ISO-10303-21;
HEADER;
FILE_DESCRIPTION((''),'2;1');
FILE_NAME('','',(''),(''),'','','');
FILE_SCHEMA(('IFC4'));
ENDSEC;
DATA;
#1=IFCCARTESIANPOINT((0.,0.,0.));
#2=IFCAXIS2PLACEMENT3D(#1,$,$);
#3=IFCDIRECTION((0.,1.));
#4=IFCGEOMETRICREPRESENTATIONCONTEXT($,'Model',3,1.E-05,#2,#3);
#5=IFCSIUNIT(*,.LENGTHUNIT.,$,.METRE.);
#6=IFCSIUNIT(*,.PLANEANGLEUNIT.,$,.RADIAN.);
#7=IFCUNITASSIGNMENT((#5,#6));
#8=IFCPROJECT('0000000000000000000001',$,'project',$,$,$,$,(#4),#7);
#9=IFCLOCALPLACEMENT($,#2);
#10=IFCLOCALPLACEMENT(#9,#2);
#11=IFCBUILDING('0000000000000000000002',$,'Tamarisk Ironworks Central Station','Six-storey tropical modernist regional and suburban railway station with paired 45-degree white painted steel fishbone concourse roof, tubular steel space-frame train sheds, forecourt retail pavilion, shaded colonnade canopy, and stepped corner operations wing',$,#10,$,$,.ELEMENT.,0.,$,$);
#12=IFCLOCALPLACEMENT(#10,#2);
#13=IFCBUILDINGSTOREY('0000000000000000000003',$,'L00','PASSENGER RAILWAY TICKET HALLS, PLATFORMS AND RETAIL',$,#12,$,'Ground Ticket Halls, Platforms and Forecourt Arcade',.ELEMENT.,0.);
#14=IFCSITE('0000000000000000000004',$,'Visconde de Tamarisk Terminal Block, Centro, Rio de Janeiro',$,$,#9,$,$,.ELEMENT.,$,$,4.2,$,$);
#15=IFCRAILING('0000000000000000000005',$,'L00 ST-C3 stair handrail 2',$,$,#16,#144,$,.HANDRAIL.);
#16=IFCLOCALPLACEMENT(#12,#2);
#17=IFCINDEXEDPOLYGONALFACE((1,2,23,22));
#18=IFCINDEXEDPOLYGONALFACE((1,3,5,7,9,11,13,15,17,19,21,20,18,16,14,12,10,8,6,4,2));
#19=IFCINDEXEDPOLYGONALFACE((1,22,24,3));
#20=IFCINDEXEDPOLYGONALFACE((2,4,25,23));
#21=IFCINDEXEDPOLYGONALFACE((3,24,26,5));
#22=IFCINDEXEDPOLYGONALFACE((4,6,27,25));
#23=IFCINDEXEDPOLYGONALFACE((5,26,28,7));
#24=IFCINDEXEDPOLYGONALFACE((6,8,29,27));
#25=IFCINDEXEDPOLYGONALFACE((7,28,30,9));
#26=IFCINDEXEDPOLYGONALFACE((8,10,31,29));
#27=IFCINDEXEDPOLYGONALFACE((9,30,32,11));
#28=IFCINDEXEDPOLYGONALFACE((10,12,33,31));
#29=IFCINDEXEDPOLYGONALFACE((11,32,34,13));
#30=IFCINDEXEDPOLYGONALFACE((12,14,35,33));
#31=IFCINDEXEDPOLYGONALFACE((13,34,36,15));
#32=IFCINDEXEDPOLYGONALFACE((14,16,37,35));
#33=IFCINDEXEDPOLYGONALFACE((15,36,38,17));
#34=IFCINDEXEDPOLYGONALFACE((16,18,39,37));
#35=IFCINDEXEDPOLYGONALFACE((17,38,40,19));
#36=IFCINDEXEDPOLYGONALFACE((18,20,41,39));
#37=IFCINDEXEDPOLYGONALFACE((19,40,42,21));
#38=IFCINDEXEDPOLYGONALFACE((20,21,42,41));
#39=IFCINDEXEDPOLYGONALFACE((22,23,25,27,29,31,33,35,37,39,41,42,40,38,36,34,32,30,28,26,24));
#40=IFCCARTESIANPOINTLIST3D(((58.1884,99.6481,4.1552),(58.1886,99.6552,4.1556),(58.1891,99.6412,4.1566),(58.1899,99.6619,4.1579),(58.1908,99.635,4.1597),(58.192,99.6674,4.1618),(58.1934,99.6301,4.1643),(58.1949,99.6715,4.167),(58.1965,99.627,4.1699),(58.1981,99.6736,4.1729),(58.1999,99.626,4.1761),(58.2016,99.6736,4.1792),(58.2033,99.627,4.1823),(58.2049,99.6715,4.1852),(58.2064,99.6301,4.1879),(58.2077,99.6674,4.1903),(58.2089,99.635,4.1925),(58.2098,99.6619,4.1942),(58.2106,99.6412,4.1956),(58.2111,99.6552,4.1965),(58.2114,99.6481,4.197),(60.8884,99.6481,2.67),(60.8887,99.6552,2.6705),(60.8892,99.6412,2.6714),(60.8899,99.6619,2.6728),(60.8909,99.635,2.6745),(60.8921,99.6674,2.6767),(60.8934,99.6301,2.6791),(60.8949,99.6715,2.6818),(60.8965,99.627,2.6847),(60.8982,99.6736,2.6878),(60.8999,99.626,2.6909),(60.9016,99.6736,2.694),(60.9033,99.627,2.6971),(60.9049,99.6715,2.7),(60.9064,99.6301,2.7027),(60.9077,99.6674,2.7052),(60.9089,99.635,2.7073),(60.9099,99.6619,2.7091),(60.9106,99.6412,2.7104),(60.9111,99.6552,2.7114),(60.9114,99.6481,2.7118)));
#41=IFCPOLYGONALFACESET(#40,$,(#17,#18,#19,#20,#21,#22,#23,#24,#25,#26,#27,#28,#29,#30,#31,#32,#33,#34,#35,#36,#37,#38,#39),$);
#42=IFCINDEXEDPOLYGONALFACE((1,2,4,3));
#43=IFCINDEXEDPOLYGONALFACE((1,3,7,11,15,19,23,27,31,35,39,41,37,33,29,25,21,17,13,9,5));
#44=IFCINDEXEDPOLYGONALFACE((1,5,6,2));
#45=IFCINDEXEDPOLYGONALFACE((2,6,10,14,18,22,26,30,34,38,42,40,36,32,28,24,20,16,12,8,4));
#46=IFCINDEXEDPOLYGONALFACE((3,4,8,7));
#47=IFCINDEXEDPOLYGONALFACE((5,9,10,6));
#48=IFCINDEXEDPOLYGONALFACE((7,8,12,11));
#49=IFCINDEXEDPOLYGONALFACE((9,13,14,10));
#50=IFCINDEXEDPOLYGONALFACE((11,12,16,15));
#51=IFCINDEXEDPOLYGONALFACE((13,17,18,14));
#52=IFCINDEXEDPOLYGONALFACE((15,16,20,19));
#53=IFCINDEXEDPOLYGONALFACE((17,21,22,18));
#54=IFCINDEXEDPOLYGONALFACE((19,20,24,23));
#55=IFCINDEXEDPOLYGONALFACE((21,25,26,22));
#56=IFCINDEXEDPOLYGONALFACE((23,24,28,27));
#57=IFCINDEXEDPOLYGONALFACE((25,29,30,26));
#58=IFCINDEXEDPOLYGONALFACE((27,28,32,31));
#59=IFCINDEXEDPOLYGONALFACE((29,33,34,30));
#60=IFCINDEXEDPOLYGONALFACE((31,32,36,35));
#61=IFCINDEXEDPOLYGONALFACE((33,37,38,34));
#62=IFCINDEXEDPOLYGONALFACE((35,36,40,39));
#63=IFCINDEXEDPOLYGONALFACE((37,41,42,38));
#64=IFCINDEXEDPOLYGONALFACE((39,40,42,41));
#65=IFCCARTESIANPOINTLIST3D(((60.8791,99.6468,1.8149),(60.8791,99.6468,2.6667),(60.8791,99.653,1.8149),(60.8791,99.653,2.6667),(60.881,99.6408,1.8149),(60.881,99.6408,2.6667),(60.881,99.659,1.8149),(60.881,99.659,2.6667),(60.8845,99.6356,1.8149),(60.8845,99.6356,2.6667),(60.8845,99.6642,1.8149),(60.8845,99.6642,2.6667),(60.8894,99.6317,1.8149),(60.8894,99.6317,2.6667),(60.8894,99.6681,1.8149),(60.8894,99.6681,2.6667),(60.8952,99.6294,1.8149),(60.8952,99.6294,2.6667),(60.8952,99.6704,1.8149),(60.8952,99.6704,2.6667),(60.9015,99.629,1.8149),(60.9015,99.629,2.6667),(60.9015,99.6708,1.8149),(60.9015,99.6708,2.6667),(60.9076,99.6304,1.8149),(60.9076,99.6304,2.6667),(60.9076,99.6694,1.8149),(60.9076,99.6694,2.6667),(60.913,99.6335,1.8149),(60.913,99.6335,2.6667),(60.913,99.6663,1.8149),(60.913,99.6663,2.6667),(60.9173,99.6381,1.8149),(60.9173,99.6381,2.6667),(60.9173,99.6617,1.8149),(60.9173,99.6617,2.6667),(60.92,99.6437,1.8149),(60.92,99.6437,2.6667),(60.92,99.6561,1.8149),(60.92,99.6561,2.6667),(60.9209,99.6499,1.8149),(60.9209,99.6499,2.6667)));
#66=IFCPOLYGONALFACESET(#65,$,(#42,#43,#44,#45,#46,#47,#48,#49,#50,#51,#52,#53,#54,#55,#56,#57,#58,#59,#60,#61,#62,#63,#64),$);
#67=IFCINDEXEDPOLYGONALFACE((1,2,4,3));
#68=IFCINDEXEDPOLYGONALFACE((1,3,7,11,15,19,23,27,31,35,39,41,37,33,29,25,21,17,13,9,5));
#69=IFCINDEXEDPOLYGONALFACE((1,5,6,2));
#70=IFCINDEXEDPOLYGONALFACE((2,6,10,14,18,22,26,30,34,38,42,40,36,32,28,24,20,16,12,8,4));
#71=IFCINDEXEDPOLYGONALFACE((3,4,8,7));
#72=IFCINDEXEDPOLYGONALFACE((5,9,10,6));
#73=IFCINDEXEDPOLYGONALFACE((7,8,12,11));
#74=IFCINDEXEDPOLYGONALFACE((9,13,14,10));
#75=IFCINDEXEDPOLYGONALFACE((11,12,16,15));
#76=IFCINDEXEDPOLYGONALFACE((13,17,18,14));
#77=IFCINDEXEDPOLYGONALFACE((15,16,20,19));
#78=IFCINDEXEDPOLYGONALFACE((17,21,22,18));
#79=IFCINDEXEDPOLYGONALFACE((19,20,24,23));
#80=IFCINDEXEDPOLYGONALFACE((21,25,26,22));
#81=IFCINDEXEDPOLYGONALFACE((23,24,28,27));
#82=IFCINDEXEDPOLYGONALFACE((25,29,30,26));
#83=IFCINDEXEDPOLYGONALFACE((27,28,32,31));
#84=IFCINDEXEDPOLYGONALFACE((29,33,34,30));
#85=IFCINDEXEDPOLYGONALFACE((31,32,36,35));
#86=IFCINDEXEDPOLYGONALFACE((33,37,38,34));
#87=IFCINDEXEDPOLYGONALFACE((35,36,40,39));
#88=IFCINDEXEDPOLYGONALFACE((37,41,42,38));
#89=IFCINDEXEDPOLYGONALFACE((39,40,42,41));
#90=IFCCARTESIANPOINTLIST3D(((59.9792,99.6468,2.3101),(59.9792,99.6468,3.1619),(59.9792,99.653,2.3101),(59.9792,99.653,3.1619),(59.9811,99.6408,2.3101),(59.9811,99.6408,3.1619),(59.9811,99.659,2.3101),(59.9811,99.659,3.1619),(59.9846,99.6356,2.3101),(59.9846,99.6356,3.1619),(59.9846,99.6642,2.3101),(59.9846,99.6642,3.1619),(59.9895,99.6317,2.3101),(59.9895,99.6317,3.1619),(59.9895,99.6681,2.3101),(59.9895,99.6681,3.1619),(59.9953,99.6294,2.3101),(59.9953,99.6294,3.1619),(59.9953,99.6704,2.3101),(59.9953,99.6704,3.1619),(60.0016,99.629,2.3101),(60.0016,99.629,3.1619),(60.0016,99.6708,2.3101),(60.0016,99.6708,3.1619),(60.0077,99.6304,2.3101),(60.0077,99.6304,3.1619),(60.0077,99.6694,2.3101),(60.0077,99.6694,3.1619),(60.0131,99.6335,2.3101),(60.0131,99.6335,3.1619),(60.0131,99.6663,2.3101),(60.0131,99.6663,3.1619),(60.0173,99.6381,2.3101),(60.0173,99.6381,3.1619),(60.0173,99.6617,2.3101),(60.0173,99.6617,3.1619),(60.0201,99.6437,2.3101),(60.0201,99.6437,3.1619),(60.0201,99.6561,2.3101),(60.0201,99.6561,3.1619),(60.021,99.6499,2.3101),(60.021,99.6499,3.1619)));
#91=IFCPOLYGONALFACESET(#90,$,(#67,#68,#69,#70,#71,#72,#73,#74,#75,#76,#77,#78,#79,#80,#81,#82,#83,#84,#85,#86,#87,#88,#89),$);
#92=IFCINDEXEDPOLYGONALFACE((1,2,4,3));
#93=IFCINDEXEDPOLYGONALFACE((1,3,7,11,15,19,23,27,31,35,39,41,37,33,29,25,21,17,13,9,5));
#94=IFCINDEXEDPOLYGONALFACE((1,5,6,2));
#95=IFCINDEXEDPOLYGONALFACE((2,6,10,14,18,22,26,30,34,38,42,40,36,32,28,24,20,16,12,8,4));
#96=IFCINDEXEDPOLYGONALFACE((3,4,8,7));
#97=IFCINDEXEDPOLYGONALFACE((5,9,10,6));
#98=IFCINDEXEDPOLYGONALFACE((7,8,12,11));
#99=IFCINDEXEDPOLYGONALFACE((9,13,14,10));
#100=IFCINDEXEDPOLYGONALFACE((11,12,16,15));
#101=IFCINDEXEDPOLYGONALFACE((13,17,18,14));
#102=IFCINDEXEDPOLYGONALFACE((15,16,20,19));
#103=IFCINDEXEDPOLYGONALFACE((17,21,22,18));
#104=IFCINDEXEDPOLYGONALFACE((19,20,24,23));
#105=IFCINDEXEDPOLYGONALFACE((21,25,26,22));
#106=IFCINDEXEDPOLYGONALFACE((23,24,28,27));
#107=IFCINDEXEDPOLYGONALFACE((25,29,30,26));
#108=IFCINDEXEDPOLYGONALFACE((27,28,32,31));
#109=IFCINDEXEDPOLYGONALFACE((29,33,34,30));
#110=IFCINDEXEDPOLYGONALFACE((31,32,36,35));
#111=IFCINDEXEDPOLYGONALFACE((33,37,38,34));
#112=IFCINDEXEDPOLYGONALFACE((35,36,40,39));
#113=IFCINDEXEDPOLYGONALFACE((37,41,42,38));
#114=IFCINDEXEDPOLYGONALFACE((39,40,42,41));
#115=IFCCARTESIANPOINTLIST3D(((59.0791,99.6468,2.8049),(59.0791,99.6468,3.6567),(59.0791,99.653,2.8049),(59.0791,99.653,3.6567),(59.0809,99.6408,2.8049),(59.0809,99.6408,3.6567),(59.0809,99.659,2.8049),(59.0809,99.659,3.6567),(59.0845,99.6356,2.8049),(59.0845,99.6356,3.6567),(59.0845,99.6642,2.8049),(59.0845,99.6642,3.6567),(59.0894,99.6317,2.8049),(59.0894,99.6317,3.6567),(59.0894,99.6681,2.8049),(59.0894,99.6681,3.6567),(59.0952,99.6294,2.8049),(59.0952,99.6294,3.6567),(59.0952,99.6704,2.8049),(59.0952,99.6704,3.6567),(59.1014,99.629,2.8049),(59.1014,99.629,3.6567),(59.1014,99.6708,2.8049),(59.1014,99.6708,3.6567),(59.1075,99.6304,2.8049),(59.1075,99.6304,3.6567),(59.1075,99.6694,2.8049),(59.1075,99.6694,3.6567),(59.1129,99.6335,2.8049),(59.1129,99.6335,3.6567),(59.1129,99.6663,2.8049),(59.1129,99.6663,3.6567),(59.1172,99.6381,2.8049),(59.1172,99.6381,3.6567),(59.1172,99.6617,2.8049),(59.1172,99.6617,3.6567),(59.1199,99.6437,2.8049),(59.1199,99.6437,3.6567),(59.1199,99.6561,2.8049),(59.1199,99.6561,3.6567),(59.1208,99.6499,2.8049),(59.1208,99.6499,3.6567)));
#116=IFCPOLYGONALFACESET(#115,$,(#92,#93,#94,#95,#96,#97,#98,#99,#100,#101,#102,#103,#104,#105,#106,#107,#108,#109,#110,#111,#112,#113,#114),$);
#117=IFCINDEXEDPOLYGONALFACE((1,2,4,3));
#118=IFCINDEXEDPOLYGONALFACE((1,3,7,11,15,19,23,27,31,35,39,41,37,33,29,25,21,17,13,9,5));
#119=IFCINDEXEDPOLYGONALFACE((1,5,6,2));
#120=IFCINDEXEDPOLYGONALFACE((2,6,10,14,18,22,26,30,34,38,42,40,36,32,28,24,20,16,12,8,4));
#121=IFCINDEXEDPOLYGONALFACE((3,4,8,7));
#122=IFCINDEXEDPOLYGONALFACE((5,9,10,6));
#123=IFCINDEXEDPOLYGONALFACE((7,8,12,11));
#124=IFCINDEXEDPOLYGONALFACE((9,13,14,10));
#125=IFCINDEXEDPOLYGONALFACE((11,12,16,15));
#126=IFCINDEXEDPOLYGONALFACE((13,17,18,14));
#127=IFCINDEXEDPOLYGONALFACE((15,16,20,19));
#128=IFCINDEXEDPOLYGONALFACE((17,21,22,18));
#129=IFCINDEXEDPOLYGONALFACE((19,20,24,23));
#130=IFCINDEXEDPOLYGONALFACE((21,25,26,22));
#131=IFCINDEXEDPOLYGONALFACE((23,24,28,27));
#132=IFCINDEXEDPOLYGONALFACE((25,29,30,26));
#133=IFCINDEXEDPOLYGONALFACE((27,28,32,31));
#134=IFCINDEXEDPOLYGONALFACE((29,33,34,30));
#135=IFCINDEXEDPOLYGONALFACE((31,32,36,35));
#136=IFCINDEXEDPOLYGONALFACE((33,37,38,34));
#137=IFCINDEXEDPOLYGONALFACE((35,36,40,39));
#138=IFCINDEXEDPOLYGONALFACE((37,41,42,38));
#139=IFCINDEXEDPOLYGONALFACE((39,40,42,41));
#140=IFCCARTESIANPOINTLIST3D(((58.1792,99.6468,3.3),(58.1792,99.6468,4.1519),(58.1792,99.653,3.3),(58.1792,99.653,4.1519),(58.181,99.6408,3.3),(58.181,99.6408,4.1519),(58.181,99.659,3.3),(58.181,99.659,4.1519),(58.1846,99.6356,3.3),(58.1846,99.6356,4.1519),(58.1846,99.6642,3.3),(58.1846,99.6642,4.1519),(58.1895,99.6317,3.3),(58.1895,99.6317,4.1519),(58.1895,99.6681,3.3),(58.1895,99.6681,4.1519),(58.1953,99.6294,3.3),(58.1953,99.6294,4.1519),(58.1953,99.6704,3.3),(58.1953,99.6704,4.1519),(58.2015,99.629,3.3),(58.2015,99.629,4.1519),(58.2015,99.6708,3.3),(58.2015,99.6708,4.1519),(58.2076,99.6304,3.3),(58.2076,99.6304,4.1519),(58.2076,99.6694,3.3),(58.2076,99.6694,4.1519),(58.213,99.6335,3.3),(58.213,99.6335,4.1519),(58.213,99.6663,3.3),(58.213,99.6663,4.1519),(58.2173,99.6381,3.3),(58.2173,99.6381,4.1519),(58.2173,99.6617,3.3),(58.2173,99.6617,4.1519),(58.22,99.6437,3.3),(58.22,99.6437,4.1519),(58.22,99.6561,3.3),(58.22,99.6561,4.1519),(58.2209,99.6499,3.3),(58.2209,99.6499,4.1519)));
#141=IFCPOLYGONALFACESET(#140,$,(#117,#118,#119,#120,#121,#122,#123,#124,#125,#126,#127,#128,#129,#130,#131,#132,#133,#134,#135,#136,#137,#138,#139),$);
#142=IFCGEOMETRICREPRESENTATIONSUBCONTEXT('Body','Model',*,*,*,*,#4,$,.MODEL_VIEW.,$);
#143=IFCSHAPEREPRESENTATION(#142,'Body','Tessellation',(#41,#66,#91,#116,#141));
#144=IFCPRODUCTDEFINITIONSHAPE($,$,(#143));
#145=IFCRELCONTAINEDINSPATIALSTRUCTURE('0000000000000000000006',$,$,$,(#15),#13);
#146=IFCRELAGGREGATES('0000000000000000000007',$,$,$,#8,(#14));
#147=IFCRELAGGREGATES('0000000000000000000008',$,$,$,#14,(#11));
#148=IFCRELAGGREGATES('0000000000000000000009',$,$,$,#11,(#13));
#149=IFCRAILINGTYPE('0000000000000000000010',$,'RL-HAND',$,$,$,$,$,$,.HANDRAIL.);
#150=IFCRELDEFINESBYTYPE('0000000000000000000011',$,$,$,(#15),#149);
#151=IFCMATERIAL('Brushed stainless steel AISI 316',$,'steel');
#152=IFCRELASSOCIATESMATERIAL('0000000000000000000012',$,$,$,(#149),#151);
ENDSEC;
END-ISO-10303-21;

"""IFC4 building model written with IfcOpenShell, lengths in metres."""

from ifc_helpers import new_model, si_unit, direction, frame, origin, origin_2d, place, context, subcontext, project, spatial, circle, extrude, material, type_object, element, save


model = new_model("IFC4")

# Units and contexts
model_context = context("Model", 3, precision=1e-05, world=origin(), true_north=direction((0.0, 1.0)))
body_context = subcontext(model_context, "Body", "Model", "MODEL_VIEW")
ifc_project = project(units=[si_unit("LENGTHUNIT", "METRE"), si_unit("PLANEANGLEUNIT", "RADIAN")], contexts=[model_context])

# Site, building, storey
site_placement = place(None, origin())
site = spatial("IfcSite", under=ifc_project, at=site_placement, Name="Visconde de Tamarisk Terminal Block, Centro, Rio de Janeiro", CompositionType="ELEMENT", RefElevation=4.2)
building_placement = place(site_placement, origin())
building = spatial("IfcBuilding", under=site, at=building_placement, Name="Tamarisk Ironworks Central Station", Description="Six-storey tropical modernist regional and suburban railway station with paired 45-degree white painted steel fishbone concourse roof, tubular steel space-frame train sheds, forecourt retail pavilion, shaded colonnade canopy, and stepped corner operations wing", CompositionType="ELEMENT", ElevationOfRefHeight=0.0)
storey_placement = place(building_placement, origin())
storey = spatial("IfcBuildingStorey", under=building, at=storey_placement, Name="L00", Description="PASSENGER RAILWAY TICKET HALLS, PLATFORMS AND RETAIL", LongName="Ground Ticket Halls, Platforms and Forecourt Arcade", CompositionType="ELEMENT", Elevation=0.0)

# Railing
ifc_material_1 = material(Name="Brushed stainless steel AISI 316", Category="steel")
railing_type_1 = type_object("IfcRailingType", Name="RL-HAND", PredefinedType="HANDRAIL", material=ifc_material_1)
for number, where, name in (
    (1, (60.8999, 99.6499, 1.8149), "L00 ST-C3 stair handrail 2"),
):
    element("IfcRailing", number, at=place(storey_placement, frame(where)), inside=storey, type_object=railing_type_1, Name=name, PredefinedType="HANDRAIL", context=body_context, shape_type="SweptSolid", body=[
        extrude(circle(Radius=0.0239, at=origin_2d()), frame((0.0, 0.0, 0.876), z_axis=(-0.876198, 0.0, 0.481952), x_axis=(0.0, -1.0, 0.0)), (0.0, 0.0, 1.0), 3.0815),
        extrude(circle(Radius=0.021, at=origin_2d()), origin(), (0.0, 0.0, 1.0), 0.8518),
        extrude(circle(Radius=0.021, at=origin_2d()), frame((-0.8999, 0.0, 0.4951)), (0.0, 0.0, 1.0), 0.8518),
        extrude(circle(Radius=0.021, at=origin_2d()), frame((-1.8, 0.0, 0.99)), (0.0, 0.0, 1.0), 0.8518),
        extrude(circle(Radius=0.021, at=origin_2d()), frame((-2.7, 0.0, 1.4851)), (0.0, 0.0, 1.0), 0.8518),
    ])

save(model, "model.ifc")
